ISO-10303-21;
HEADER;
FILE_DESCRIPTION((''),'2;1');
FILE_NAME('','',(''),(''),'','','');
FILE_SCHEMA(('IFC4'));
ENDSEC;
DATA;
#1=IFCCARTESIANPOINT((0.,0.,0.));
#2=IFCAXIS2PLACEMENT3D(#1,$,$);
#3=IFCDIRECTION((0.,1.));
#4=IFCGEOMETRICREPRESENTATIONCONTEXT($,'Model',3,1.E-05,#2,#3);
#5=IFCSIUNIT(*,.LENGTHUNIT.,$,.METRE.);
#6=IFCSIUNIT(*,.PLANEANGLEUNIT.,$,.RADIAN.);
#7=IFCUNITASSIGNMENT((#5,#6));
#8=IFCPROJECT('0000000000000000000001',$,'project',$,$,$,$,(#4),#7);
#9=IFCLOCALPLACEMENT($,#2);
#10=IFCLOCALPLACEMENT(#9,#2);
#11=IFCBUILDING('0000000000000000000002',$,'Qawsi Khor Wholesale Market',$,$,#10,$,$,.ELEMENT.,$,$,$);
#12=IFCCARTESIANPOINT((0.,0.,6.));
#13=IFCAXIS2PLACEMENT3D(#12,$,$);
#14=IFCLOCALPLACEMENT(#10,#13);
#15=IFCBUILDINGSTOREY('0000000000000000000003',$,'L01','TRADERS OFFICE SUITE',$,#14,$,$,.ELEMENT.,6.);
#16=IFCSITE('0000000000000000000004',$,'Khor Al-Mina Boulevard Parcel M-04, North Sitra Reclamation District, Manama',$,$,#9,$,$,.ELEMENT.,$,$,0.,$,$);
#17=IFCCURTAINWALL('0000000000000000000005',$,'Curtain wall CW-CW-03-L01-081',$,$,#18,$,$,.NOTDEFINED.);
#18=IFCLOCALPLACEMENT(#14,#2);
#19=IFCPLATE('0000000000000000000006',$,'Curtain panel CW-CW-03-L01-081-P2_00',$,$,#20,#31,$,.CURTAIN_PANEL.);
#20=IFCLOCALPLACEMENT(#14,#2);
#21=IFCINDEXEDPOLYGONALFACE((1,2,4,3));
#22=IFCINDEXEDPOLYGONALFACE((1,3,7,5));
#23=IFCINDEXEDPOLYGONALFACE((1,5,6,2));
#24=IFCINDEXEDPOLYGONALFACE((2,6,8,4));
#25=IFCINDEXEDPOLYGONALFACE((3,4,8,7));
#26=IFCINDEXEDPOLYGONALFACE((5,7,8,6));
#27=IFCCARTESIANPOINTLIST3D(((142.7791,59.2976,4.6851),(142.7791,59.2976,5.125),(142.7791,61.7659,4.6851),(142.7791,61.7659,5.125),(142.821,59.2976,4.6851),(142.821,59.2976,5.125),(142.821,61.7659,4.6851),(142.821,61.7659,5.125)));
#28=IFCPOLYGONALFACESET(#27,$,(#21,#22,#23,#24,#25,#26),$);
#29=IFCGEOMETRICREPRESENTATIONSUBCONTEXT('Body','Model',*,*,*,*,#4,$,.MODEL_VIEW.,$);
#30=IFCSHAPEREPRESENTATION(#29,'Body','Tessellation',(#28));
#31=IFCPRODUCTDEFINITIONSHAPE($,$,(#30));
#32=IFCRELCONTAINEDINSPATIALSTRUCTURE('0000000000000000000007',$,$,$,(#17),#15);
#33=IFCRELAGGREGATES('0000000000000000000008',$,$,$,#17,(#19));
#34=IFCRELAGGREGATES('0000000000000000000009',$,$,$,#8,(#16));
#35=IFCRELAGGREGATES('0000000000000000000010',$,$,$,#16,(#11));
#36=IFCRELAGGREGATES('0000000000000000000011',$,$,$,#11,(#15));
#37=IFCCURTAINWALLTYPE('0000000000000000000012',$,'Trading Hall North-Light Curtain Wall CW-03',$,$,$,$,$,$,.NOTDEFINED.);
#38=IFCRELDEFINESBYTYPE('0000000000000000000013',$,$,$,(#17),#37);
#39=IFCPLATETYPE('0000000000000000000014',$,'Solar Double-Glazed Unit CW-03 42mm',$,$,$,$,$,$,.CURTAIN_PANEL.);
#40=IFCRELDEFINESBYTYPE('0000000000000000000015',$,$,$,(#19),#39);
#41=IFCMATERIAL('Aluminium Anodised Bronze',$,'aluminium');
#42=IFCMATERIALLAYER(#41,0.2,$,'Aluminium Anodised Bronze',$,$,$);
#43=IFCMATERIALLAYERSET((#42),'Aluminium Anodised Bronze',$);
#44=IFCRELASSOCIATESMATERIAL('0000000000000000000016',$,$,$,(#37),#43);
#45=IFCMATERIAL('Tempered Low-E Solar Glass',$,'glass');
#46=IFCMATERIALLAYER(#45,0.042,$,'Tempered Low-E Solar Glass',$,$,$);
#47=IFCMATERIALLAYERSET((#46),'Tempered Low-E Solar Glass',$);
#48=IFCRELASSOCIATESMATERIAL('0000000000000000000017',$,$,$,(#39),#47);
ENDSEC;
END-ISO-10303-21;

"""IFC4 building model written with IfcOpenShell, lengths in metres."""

from ifc_helpers import new_model, si_unit, direction, frame, frame_2d, origin, place, context, subcontext, project, spatial, rectangle, extrude, material, layer, layer_set, type_object, element, aggregate, save


model = new_model("IFC4")

# Units and contexts
model_context = context("Model", 3, precision=1e-05, world=origin(), true_north=direction((0.0, 1.0)))
body_context = subcontext(model_context, "Body", "Model", "MODEL_VIEW")
ifc_project = project(units=[si_unit("LENGTHUNIT", "METRE"), si_unit("PLANEANGLEUNIT", "RADIAN")], contexts=[model_context])

# Site, building, storey
site_placement = place(None, origin())
site = spatial("IfcSite", under=ifc_project, at=site_placement, Name="Khor Al-Mina Boulevard Parcel M-04, North Sitra Reclamation District, Manama", CompositionType="ELEMENT", RefElevation=0.0)
building_placement = place(site_placement, origin())
building = spatial("IfcBuilding", under=site, at=building_placement, Name="Qawsi Khor Wholesale Market", CompositionType="ELEMENT")
storey_placement = place(building_placement, frame((0.0, 0.0, 6.0)))
storey = spatial("IfcBuildingStorey", under=building, at=storey_placement, Name="L01", Description="TRADERS OFFICE SUITE", CompositionType="ELEMENT", Elevation=6.0)

# Curtain wall
ifc_material_1 = material(Name="Aluminium Anodised Bronze", Category="aluminium")
ifc_layer_1 = layer(ifc_material_1, 0.2, Name="Aluminium Anodised Bronze")
ifc_layer_set_1 = layer_set([ifc_layer_1], Name="Aluminium Anodised Bronze")
curtain_wall_type = type_object("IfcCurtainWallType", Name="Trading Hall North-Light Curtain Wall CW-03", PredefinedType="NOTDEFINED", material=ifc_layer_set_1)
curtain_wall_1_placement = place(storey_placement, origin())
curtain_wall_1 = element("IfcCurtainWall", 1, at=curtain_wall_1_placement, inside=storey, type_object=curtain_wall_type, Name="Curtain wall CW-CW-03-L01-081", PredefinedType="NOTDEFINED")

# Plate
ifc_material_2 = material(Name="Tempered Low-E Solar Glass", Category="glass")
ifc_layer_2 = layer(ifc_material_2, 0.042, Name="Tempered Low-E Solar Glass")
ifc_layer_set_2 = layer_set([ifc_layer_2], Name="Tempered Low-E Solar Glass")
plate_type_1 = type_object("IfcPlateType", Name="Solar Double-Glazed Unit CW-03 42mm", PredefinedType="CURTAIN_PANEL", material=ifc_layer_set_2)
plate_1_placement = place(storey_placement, frame((142.8, 59.2976, 4.6851), z_axis=(0.0, 0.0, 1.0), x_axis=(0.0, 1.0, 0.0)))
plate_1 = element("IfcPlate", 2, at=plate_1_placement, type_object=plate_type_1, Name="Curtain panel CW-CW-03-L01-081-P2_00", PredefinedType="CURTAIN_PANEL", context=body_context, shape_type="SweptSolid", body=[
    extrude(rectangle(XDim=2.4683, YDim=0.042, at=frame_2d((1.2341, 0.0))), origin(), (0.0, 0.0, 1.0), 0.4399),
])
aggregate(curtain_wall_1, [plate_1])

save(model, "model.ifc")
